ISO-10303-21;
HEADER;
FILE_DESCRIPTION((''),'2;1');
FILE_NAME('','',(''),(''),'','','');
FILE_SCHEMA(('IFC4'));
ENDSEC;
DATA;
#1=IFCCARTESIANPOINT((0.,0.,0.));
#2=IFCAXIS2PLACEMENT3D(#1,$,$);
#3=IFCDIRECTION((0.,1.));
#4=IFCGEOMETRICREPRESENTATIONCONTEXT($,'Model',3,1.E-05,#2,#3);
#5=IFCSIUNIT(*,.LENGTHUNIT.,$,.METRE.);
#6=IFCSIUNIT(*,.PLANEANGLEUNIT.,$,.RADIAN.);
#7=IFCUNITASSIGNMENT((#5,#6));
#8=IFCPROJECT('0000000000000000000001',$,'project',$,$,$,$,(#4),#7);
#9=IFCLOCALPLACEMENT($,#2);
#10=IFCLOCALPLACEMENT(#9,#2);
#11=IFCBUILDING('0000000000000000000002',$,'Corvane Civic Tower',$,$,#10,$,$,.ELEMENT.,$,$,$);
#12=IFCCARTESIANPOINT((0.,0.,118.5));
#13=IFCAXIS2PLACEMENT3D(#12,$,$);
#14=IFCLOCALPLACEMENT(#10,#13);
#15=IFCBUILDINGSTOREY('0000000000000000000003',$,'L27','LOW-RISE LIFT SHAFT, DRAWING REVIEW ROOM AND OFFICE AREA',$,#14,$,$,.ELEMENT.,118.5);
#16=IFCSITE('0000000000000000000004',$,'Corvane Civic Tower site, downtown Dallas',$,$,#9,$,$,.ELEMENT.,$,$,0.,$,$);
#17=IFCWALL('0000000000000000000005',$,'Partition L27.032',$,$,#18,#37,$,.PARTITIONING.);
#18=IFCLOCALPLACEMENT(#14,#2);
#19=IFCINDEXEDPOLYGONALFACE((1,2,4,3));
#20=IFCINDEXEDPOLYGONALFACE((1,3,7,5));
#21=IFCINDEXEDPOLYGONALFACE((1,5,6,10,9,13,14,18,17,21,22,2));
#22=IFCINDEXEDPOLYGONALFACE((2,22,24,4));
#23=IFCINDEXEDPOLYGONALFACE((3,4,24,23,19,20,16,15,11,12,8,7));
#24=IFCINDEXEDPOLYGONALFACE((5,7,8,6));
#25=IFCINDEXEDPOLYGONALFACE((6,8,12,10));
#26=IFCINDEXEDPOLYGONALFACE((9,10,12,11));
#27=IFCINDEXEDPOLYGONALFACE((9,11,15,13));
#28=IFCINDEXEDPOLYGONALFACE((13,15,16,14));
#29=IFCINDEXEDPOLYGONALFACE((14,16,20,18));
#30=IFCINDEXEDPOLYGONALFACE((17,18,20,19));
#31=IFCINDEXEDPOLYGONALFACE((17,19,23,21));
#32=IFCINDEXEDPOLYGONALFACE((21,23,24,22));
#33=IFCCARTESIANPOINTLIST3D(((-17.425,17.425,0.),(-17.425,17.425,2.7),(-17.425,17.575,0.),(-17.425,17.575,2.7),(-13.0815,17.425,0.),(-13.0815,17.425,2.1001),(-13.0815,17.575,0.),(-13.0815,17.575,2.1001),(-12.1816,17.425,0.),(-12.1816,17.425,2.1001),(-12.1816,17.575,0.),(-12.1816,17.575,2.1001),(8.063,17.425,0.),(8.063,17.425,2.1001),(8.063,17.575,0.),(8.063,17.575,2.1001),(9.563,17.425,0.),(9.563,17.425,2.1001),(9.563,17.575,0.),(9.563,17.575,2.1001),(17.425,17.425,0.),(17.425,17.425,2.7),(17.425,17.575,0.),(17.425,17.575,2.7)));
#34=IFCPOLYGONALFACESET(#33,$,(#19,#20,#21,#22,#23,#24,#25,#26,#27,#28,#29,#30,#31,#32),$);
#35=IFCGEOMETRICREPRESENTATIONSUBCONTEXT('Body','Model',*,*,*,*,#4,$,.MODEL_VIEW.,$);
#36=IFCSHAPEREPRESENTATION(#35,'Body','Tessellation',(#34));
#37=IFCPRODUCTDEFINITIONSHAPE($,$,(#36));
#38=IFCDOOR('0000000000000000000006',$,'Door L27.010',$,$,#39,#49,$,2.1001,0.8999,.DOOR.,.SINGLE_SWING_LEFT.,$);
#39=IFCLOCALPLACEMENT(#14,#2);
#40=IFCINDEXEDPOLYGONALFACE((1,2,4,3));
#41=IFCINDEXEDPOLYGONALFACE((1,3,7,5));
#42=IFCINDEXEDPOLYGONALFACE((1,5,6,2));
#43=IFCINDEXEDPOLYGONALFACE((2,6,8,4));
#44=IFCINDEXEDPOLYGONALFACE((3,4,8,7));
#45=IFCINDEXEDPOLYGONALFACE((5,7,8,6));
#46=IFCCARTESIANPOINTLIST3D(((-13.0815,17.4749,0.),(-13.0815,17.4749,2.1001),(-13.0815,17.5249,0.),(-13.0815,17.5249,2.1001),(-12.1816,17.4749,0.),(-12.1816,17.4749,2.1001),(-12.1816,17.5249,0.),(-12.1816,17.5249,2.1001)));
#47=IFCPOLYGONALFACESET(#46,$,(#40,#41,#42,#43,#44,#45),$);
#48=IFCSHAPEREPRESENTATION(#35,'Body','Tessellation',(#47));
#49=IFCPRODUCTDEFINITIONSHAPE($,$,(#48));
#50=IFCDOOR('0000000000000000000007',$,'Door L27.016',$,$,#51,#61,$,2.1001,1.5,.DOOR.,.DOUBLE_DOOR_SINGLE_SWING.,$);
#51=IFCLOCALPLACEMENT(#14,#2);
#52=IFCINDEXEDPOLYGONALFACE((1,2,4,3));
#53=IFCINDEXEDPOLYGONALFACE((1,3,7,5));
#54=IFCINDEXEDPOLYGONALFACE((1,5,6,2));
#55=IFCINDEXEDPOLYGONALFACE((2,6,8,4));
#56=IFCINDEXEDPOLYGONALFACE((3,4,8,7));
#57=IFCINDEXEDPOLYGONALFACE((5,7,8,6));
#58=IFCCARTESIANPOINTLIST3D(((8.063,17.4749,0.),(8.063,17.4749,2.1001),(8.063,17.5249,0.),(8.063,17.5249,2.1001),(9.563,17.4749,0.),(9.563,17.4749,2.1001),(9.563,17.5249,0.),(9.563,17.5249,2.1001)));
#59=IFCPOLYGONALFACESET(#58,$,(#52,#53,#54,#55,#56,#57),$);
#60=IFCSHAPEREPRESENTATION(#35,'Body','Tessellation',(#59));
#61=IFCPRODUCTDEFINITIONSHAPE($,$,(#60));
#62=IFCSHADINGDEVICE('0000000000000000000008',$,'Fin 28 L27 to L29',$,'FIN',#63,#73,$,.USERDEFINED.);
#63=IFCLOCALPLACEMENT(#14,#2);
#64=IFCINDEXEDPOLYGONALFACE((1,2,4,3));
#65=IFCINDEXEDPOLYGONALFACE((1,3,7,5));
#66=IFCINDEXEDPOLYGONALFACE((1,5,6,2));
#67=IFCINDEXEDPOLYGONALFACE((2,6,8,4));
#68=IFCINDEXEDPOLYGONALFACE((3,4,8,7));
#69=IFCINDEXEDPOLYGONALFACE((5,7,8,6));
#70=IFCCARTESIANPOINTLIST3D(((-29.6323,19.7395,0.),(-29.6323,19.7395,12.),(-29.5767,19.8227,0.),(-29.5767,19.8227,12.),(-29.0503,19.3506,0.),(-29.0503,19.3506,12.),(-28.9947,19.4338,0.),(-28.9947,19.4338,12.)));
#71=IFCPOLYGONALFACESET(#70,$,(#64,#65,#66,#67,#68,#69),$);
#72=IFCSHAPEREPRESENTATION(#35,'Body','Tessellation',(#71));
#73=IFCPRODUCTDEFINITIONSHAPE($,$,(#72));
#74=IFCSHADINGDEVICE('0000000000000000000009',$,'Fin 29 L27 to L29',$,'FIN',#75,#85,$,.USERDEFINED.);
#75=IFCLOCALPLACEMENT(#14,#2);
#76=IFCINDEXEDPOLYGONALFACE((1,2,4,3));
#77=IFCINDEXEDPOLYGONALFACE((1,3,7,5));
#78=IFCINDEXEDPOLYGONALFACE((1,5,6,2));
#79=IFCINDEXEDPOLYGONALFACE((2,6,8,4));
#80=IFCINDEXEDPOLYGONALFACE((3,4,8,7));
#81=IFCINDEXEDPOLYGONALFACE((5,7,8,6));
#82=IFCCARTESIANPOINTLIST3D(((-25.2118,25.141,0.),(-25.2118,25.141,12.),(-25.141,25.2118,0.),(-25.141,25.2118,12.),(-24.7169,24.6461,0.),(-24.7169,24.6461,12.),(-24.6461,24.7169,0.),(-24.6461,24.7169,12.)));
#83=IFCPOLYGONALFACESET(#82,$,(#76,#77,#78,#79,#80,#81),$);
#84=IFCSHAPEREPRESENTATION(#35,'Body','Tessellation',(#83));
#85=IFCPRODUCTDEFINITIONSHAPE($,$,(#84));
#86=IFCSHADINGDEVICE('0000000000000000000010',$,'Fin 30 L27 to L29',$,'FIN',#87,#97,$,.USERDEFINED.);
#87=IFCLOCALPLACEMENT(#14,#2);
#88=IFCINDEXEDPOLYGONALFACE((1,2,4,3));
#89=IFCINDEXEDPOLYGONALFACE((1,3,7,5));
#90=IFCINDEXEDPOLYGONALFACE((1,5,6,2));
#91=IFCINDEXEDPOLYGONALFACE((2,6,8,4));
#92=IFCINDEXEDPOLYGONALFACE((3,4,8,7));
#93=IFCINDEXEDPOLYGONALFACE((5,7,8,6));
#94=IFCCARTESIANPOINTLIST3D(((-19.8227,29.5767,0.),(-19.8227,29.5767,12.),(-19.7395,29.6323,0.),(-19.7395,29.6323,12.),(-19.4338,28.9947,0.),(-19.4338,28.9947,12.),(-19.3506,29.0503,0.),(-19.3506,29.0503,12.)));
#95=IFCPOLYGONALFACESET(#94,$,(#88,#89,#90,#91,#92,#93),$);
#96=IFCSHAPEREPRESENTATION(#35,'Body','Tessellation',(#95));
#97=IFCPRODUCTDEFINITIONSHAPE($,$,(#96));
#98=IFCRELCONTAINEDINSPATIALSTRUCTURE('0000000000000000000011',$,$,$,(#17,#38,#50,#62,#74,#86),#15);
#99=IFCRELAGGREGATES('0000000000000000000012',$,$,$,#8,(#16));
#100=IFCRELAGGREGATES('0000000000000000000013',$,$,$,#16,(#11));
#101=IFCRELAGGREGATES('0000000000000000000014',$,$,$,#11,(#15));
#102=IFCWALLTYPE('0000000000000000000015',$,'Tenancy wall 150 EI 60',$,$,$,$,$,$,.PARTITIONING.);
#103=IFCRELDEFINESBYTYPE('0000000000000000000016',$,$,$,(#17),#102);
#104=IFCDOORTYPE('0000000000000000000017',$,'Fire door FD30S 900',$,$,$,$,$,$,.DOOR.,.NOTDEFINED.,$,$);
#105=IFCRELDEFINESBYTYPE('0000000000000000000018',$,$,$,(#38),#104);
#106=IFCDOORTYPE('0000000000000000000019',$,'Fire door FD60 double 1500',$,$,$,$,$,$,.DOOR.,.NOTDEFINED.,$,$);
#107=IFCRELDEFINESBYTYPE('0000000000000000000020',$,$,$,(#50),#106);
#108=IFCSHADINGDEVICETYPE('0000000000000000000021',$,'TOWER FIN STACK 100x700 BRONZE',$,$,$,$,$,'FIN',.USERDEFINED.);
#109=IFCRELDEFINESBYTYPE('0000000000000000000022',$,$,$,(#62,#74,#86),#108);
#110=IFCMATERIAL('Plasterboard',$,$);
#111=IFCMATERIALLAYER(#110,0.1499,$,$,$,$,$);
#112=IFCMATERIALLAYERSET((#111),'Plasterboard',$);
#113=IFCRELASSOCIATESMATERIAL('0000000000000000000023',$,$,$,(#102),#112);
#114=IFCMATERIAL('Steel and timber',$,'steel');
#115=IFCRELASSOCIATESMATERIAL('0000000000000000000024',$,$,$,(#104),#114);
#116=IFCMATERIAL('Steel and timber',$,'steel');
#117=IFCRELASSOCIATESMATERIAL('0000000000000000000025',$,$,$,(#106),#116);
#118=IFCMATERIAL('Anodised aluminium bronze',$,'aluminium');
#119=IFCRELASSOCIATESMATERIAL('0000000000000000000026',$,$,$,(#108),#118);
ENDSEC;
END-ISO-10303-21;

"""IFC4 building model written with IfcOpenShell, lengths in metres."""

from ifc_helpers import new_model, si_unit, direction, frame, frame_2d, origin, origin_2d, place, context, subcontext, project, spatial, rectangle, extrude, material, layer, layer_set, material_profile, profile_set, type_object, element, fill, save


model = new_model("IFC4")

# Units and contexts
model_context = context("Model", 3, precision=1e-05, world=origin(), true_north=direction((0.0, 1.0)))
body_context = subcontext(model_context, "Body", "Model", "MODEL_VIEW")
ifc_project = project(units=[si_unit("LENGTHUNIT", "METRE"), si_unit("PLANEANGLEUNIT", "RADIAN")], contexts=[model_context])

# Site, building, storey
site_placement = place(None, origin())
site = spatial("IfcSite", under=ifc_project, at=site_placement, Name="Corvane Civic Tower site, downtown Dallas", CompositionType="ELEMENT", RefElevation=0.0)
building_placement = place(site_placement, origin())
building = spatial("IfcBuilding", under=site, at=building_placement, Name="Corvane Civic Tower", CompositionType="ELEMENT")
storey_placement = place(building_placement, frame((0.0, 0.0, 118.5)))
storey = spatial("IfcBuildingStorey", under=building, at=storey_placement, Name="L27", Description="LOW-RISE LIFT SHAFT, DRAWING REVIEW ROOM AND OFFICE AREA", CompositionType="ELEMENT", Elevation=118.5)

# Wall, openings, doors
ifc_material_1 = material(Name="Plasterboard")
ifc_layer_1 = layer(ifc_material_1, 0.1499)
ifc_layer_set_1 = layer_set([ifc_layer_1], Name="Plasterboard")
wall_type_1 = type_object("IfcWallType", Name="Tenancy wall 150 EI 60", PredefinedType="PARTITIONING", material=ifc_layer_set_1)
wall_1_placement = place(storey_placement, frame((-17.425, 17.5, 0.0), z_axis=(0.0, 0.0, 1.0), x_axis=(1.0, 0.0, 0.0)))
wall_1 = element("IfcWall", 1, at=wall_1_placement, inside=storey, type_object=wall_type_1, Name="Partition L27.032", PredefinedType="PARTITIONING", context=body_context, shape_type="SweptSolid", body=[
    extrude(rectangle(XDim=34.8501, YDim=0.1499, at=frame_2d((17.425, 0.0))), origin(), (0.0, 0.0, 1.0), 2.7),
])
opening_1_placement = place(wall_1_placement, frame((4.3435, 0.0, 0.0)))
opening_1 = element("IfcOpeningElement", 2, at=opening_1_placement, cuts=wall_1, PredefinedType="OPENING", context=body_context, shape_type="SweptSolid", body=[
    extrude(rectangle(XDim=0.8999, YDim=2.1001, at=frame_2d((0.45, 1.05))), frame((0.0, 0.085, 0.0), z_axis=(0.0, -1.0, 0.0), x_axis=(1.0, 0.0, 0.0)), (0.0, 0.0, 1.0), 0.1699),
])
opening_2_placement = place(wall_1_placement, frame((25.488, 0.0, 0.0)))
opening_2 = element("IfcOpeningElement", 3, at=opening_2_placement, cuts=wall_1, PredefinedType="OPENING", context=body_context, shape_type="SweptSolid", body=[
    extrude(rectangle(XDim=1.5, YDim=2.1001, at=frame_2d((0.75, 1.05))), frame((0.0, 0.085, 0.0), z_axis=(0.0, -1.0, 0.0), x_axis=(1.0, 0.0, 0.0)), (0.0, 0.0, 1.0), 0.1699),
])
ifc_material_2 = material(Name="Steel and timber", Category="steel")
door_type_1 = type_object("IfcDoorType", Name="Fire door FD30S 900", OperationType="NOTDEFINED", PredefinedType="DOOR", material=ifc_material_2)
door_1_placement = place(opening_1_placement, origin())
door_1 = element("IfcDoor", 4, at=door_1_placement, inside=storey, type_object=door_type_1, Name="Door L27.010", OperationType="SINGLE_SWING_LEFT", OverallHeight=2.1001, OverallWidth=0.8999, PredefinedType="DOOR", context=body_context, shape_type="SweptSolid", body=[
    extrude(rectangle(XDim=0.8999, YDim=2.1001, at=frame_2d((0.45, 1.05))), frame((0.0, 0.0249, 0.0), z_axis=(0.0, -1.0, 0.0), x_axis=(1.0, 0.0, 0.0)), (0.0, 0.0, 1.0), 0.05),
])
fill(opening_1, door_1)
ifc_material_3 = material(Name="Steel and timber", Category="steel")
door_type_2 = type_object("IfcDoorType", Name="Fire door FD60 double 1500", OperationType="NOTDEFINED", PredefinedType="DOOR", material=ifc_material_3)
door_2_placement = place(opening_2_placement, origin())
door_2 = element("IfcDoor", 5, at=door_2_placement, inside=storey, type_object=door_type_2, Name="Door L27.016", OperationType="DOUBLE_DOOR_SINGLE_SWING", OverallHeight=2.1001, OverallWidth=1.5, PredefinedType="DOOR", context=body_context, shape_type="SweptSolid", body=[
    extrude(rectangle(XDim=1.5, YDim=2.1001, at=frame_2d((0.75, 1.05))), frame((0.0, 0.0249, 0.0), z_axis=(0.0, -1.0, 0.0), x_axis=(1.0, 0.0, 0.0)), (0.0, 0.0, 1.0), 0.05),
])
fill(opening_2, door_2)

# Shading devices
ifc_material_4 = material(Name="Anodised aluminium bronze", Category="aluminium")
ifc_material_profile_1 = material_profile(ifc_material_4, rectangle(XDim=0.1001, YDim=0.7, at=origin_2d()), Name="TOWER FIN STACK 100x700 BRONZE")
ifc_profile_set_1 = profile_set([ifc_material_profile_1], Name="Anodised aluminium bronze")
shading_device_type = type_object("IfcShadingDeviceType", Name="TOWER FIN STACK 100x700 BRONZE", ElementType="FIN", PredefinedType="USERDEFINED", material=ifc_profile_set_1)
for number, where, z_axis, x_axis, name in (
    (6, (-29.3135, 19.5867, 0.0), (0.0, 0.0, 1.0), (0.55557, 0.83147, 0.0), "Fin 28 L27 to L29"),
    (7, (-24.929, 24.929, 0.0), (0.0, 0.0, 1.0), (0.707107, 0.707107, 0.0), "Fin 29 L27 to L29"),
    (8, (-19.5867, 29.3135, 0.0), (0.0, 0.0, 1.0), (0.83147, 0.55557, 0.0), "Fin 30 L27 to L29"),
):
    element("IfcShadingDevice", number, at=place(storey_placement, frame(where, z_axis=z_axis, x_axis=x_axis)), inside=storey, type_object=shading_device_type, Name=name, ObjectType="FIN", PredefinedType="USERDEFINED", context=body_context, shape_type="SweptSolid", body=[
        extrude(rectangle(XDim=0.1001, YDim=0.7, at=origin_2d()), origin(), (0.0, 0.0, 1.0), 12.0),
    ])

save(model, "model.ifc")
